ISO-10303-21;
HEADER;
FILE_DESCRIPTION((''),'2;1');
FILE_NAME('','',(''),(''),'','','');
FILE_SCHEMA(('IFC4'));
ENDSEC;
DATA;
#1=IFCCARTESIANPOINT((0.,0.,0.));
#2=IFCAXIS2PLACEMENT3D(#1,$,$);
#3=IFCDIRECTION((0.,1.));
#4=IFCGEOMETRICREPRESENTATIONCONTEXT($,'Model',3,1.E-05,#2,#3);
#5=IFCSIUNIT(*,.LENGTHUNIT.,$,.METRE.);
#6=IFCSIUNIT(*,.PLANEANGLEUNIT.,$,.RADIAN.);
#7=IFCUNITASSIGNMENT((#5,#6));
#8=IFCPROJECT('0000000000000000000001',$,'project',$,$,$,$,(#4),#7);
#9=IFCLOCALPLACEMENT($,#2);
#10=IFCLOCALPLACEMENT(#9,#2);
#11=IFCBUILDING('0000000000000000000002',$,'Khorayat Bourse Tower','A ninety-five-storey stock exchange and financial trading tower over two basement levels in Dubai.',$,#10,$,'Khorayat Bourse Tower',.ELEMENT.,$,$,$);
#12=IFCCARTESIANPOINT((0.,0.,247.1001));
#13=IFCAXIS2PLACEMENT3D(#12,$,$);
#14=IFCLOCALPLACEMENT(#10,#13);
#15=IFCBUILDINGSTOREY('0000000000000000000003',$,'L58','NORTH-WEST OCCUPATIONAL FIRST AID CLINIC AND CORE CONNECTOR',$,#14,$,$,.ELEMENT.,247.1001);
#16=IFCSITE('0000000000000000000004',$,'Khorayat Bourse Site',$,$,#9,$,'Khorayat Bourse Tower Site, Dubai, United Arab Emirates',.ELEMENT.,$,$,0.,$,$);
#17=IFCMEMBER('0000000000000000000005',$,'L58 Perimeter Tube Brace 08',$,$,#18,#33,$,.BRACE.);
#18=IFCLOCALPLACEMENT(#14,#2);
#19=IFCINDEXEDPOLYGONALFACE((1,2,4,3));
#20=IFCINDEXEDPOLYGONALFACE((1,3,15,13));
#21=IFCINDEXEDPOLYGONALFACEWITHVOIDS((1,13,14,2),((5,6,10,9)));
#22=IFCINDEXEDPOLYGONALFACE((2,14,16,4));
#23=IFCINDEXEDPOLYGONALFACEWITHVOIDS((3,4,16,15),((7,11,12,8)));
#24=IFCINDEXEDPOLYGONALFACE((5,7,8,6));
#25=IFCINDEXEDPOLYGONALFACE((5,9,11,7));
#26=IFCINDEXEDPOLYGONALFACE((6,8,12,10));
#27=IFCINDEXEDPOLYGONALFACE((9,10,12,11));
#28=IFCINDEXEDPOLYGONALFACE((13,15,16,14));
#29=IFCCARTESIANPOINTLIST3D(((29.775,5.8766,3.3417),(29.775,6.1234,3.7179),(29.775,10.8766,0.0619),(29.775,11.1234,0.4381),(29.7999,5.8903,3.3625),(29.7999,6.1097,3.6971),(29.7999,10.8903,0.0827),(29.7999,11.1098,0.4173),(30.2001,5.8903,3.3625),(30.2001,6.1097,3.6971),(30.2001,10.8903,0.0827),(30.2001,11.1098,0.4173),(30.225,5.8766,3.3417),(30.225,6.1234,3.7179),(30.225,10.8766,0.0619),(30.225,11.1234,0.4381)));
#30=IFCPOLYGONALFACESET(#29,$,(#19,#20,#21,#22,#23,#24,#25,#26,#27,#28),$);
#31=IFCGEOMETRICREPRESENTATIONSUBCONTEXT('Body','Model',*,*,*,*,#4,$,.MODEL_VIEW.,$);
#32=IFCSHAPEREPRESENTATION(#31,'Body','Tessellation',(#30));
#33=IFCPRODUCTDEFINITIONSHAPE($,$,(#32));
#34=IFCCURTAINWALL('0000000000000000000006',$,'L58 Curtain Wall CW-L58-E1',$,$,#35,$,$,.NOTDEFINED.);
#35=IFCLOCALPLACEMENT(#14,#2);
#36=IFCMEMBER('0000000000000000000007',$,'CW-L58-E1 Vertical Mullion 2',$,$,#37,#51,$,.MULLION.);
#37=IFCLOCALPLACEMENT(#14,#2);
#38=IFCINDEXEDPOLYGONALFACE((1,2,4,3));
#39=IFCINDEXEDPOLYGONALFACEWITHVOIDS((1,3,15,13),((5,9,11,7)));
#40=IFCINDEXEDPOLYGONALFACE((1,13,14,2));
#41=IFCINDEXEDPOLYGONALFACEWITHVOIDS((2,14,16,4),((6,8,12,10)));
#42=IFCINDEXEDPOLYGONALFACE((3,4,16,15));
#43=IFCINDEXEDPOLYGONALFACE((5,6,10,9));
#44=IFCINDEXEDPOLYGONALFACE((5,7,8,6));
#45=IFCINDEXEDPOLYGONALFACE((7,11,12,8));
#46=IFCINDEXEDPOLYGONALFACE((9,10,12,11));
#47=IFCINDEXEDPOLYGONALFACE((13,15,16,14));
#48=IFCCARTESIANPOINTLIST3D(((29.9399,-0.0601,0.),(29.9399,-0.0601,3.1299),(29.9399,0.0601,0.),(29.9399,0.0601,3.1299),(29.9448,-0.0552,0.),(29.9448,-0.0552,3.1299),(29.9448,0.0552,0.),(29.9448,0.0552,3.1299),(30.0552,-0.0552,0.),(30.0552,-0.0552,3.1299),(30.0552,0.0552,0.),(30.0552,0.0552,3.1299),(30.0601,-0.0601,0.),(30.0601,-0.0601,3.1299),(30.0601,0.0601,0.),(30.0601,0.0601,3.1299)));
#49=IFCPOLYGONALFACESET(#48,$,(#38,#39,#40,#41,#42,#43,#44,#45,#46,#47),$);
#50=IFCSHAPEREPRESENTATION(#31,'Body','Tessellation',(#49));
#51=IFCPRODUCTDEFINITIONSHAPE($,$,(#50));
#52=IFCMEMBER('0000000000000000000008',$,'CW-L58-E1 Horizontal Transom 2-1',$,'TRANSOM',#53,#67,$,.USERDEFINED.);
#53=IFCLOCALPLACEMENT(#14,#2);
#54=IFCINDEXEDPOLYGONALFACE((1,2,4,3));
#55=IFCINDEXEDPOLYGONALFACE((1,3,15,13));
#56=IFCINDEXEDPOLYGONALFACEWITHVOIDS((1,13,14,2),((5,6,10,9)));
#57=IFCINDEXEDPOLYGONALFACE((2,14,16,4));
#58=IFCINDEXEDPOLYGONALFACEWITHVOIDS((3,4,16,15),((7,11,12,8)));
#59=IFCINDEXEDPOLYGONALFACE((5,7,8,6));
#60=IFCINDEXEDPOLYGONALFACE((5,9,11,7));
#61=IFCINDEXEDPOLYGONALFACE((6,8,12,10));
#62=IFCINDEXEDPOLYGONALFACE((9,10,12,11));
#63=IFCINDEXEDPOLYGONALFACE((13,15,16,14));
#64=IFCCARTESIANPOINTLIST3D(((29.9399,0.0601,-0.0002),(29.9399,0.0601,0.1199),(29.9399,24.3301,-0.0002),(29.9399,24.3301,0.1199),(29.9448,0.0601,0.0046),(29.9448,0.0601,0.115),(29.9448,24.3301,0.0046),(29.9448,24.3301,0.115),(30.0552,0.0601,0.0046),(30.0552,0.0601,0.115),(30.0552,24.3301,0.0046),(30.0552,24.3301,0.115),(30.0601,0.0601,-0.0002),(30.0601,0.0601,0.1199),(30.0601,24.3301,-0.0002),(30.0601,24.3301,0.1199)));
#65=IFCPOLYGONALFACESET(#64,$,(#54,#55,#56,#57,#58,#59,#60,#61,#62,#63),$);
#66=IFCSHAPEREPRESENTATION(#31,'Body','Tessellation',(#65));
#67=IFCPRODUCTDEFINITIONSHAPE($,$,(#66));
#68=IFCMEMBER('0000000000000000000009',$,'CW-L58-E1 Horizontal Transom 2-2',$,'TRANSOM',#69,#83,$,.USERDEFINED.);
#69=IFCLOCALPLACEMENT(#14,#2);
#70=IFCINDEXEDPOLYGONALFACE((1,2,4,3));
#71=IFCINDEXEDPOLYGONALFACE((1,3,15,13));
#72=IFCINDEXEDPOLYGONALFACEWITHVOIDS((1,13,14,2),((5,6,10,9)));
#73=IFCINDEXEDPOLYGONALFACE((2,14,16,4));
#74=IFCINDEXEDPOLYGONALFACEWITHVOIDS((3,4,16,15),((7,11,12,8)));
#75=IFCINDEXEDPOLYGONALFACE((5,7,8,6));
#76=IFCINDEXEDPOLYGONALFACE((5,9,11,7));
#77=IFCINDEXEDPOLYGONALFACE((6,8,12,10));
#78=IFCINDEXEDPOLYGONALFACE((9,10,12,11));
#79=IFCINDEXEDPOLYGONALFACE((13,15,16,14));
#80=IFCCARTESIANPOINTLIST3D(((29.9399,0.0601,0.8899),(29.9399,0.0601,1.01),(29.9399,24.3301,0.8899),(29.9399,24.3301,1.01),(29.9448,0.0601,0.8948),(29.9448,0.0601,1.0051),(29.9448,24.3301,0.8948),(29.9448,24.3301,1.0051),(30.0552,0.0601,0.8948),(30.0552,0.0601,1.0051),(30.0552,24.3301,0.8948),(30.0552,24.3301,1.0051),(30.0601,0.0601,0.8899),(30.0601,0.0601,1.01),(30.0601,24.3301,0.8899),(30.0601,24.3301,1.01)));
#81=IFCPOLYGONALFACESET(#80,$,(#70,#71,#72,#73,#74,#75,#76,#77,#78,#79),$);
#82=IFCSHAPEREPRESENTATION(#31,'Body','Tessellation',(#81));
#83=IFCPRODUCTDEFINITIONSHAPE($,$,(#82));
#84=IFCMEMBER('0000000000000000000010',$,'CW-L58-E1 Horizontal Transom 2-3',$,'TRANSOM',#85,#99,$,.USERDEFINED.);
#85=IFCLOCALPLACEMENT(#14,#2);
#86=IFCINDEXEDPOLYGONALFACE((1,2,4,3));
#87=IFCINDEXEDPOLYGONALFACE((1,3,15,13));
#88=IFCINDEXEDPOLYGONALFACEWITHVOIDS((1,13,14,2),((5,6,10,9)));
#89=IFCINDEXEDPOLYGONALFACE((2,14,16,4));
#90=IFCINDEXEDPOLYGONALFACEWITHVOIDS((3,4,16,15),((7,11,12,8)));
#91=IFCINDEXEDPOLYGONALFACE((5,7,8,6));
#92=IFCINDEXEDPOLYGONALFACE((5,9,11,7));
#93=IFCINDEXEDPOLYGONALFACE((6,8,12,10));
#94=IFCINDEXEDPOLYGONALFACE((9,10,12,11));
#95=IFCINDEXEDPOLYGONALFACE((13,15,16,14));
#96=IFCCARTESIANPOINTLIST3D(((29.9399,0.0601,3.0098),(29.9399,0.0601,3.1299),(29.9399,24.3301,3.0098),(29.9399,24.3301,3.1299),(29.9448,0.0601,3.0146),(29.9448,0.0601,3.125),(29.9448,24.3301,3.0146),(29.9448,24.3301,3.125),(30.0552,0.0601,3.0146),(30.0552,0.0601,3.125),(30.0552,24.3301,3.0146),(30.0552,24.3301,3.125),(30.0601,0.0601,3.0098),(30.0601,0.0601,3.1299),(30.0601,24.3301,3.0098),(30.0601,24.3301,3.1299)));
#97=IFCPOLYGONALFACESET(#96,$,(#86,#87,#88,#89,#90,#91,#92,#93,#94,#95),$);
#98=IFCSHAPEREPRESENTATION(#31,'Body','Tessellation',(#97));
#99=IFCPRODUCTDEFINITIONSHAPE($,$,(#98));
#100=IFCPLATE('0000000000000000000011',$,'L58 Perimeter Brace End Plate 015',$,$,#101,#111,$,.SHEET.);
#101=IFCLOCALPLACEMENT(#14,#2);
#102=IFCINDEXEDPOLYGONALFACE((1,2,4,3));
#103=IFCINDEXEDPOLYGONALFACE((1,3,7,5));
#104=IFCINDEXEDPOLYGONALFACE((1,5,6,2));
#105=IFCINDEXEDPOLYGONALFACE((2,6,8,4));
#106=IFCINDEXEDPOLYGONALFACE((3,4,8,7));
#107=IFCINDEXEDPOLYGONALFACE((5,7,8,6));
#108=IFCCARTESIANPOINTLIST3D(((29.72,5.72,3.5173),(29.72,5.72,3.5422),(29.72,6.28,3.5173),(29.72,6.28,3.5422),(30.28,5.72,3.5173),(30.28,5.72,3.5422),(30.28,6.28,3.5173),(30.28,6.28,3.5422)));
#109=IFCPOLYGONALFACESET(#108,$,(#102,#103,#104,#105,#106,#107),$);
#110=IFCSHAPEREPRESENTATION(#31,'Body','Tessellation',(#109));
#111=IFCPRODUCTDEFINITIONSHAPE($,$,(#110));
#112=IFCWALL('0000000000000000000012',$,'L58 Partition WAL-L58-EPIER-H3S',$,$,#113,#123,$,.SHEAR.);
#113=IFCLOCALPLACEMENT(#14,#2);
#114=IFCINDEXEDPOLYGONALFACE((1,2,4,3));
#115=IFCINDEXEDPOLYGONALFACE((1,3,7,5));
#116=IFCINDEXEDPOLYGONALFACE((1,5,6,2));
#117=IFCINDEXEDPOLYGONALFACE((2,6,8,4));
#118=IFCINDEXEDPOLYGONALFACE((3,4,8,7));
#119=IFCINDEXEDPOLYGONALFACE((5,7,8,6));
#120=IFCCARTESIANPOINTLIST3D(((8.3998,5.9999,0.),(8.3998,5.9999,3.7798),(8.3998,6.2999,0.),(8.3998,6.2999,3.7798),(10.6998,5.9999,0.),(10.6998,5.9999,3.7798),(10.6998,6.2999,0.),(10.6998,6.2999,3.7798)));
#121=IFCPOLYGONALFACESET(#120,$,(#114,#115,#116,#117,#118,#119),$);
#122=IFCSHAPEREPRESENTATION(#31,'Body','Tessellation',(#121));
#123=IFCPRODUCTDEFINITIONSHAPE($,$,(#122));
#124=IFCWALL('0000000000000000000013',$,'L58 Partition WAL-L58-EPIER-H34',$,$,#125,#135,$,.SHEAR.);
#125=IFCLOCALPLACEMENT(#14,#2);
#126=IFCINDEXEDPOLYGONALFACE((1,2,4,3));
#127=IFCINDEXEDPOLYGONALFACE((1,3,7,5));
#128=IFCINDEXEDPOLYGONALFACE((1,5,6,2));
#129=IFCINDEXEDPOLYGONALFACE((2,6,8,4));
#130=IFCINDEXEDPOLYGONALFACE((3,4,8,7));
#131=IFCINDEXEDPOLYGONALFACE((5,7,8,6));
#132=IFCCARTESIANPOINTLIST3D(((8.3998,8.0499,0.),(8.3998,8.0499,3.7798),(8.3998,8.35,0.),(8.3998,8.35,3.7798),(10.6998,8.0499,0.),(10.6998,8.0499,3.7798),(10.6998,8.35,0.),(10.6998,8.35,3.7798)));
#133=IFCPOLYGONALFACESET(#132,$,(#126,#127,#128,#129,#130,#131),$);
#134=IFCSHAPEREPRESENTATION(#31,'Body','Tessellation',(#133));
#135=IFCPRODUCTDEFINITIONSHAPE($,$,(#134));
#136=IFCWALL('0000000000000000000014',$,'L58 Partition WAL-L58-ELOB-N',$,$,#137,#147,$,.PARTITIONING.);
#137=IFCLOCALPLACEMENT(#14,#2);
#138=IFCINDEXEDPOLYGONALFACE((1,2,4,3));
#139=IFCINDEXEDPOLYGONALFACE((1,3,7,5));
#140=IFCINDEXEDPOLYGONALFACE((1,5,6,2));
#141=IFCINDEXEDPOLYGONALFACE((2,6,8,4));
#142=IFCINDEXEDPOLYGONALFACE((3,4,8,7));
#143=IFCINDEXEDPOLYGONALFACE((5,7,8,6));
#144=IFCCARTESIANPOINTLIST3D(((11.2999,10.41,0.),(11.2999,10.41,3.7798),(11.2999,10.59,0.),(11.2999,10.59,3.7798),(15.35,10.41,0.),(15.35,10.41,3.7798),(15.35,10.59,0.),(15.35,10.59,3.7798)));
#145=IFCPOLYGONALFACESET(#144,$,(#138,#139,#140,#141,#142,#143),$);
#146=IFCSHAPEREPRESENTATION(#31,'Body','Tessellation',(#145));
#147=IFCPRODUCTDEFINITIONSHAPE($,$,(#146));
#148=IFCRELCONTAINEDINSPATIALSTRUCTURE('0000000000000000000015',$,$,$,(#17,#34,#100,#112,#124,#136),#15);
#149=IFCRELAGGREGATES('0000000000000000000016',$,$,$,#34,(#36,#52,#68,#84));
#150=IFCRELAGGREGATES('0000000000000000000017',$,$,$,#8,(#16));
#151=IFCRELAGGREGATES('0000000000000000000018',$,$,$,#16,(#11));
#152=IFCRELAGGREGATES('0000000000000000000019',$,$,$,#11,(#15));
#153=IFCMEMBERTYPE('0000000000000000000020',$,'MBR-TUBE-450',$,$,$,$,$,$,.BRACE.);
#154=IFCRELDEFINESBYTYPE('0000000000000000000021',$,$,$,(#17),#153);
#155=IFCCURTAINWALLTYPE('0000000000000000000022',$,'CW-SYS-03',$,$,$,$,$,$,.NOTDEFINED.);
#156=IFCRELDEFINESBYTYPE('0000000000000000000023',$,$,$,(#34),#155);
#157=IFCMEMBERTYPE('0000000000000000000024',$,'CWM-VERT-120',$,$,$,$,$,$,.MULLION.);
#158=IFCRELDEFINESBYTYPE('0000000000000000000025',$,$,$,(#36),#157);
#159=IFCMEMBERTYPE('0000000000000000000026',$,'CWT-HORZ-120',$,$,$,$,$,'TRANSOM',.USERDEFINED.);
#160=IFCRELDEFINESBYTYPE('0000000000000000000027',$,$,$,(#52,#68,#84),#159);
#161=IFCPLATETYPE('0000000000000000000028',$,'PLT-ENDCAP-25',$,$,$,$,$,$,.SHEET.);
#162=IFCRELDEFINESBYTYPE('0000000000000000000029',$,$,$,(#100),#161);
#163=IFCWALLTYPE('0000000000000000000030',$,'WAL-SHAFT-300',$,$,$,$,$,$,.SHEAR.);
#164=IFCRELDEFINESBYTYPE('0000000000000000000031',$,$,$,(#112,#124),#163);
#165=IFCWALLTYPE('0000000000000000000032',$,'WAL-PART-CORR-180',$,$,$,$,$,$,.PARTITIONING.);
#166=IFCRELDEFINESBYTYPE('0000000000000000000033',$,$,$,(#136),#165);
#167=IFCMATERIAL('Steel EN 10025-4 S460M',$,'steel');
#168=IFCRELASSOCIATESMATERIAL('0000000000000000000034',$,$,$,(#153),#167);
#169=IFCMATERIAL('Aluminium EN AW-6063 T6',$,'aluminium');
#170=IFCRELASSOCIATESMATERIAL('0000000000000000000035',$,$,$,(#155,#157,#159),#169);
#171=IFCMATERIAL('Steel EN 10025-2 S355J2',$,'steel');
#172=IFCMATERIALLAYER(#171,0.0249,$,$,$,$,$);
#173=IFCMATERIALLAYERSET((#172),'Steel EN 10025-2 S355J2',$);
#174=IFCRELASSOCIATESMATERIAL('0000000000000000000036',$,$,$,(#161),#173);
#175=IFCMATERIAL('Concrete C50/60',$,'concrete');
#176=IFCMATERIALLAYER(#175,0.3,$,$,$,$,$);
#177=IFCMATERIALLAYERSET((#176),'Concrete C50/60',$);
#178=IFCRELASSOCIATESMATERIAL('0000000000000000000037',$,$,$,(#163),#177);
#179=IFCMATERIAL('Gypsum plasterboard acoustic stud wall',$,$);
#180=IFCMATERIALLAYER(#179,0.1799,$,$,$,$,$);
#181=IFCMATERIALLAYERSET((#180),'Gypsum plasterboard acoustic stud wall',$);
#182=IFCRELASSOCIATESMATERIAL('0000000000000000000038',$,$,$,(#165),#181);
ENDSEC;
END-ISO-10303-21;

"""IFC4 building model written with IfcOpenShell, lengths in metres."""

from ifc_helpers import new_model, si_unit, direction, frame, frame_2d, origin, origin_2d, place, context, subcontext, project, spatial, rectangle, hollow_rectangle, extrude, source, transform, mapped, material, layer, layer_set, material_profile, profile_set, type_object, element, aggregate, save


model = new_model("IFC4")

# Units and contexts
model_context = context("Model", 3, precision=1e-05, world=origin(), true_north=direction((0.0, 1.0)))
body_context = subcontext(model_context, "Body", "Model", "MODEL_VIEW")
ifc_project = project(units=[si_unit("LENGTHUNIT", "METRE"), si_unit("PLANEANGLEUNIT", "RADIAN")], contexts=[model_context])

# Site, building, storey
site_placement = place(None, origin())
site = spatial("IfcSite", under=ifc_project, at=site_placement, Name="Khorayat Bourse Site", LongName="Khorayat Bourse Tower Site, Dubai, United Arab Emirates", CompositionType="ELEMENT", RefElevation=0.0)
building_placement = place(site_placement, origin())
building = spatial("IfcBuilding", under=site, at=building_placement, Name="Khorayat Bourse Tower", Description="A ninety-five-storey stock exchange and financial trading tower over two basement levels in Dubai.", LongName="Khorayat Bourse Tower", CompositionType="ELEMENT")
storey_placement = place(building_placement, frame((0.0, 0.0, 247.1001)))
storey = spatial("IfcBuildingStorey", under=building, at=storey_placement, Name="L58", Description="NORTH-WEST OCCUPATIONAL FIRST AID CLINIC AND CORE CONNECTOR", CompositionType="ELEMENT", Elevation=247.1001)

# Shared definitions
ifc_material_1 = material(Name="Steel EN 10025-4 S460M", Category="steel")

# Member
ifc_material_profile_1 = material_profile(ifc_material_1, hollow_rectangle(XDim=0.45, YDim=0.45, WallThickness=0.0249, at=origin_2d()), Name="HSS 450x450x25")
ifc_profile_set_1 = profile_set([ifc_material_profile_1], Name="Steel EN 10025-4 S460M")
member_type_1 = type_object("IfcMemberType", Name="MBR-TUBE-450", PredefinedType="BRACE", material=ifc_profile_set_1)
shared_shape_1 = source(origin(), body_context, "Body", "SweptSolid", [
    extrude(hollow_rectangle(XDim=0.45, YDim=0.45, WallThickness=0.0249, at=origin_2d()), origin(), (0.0, 0.0, 1.0), 5.9797),
])
member_1_placement = place(storey_placement, frame((30.0, 6.0, 3.5298), z_axis=(0.0, 0.83616, -0.548485), x_axis=(-1.0, 0.0, 0.0)))
element("IfcMember", 1, at=member_1_placement, inside=storey, type_object=member_type_1, Name="L58 Perimeter Tube Brace 08", PredefinedType="BRACE", context=body_context, shape_type="MappedRepresentation", body=[
    mapped(shared_shape_1, transform((0.0, 0.0, 0.0), scale=1.0)),
])

# Curtain wall, members
ifc_material_2 = material(Name="Aluminium EN AW-6063 T6", Category="aluminium")
curtain_wall_type = type_object("IfcCurtainWallType", Name="CW-SYS-03", PredefinedType="NOTDEFINED", material=ifc_material_2)
curtain_wall_placement = place(storey_placement, origin())
curtain_wall = element("IfcCurtainWall", 2, at=curtain_wall_placement, inside=storey, type_object=curtain_wall_type, Name="L58 Curtain Wall CW-L58-E1", PredefinedType="NOTDEFINED")
ifc_material_profile_2 = material_profile(ifc_material_2, hollow_rectangle(XDim=0.1201, YDim=0.1201, WallThickness=0.0049, at=origin_2d()), Name="ALU 120x120x5")
ifc_profile_set_2 = profile_set([ifc_material_profile_2], Name="Aluminium EN AW-6063 T6")
member_type_2 = type_object("IfcMemberType", Name="CWM-VERT-120", PredefinedType="MULLION", material=ifc_profile_set_2)
shared_shape_2 = source(origin(), body_context, "Body", "SweptSolid", [
    extrude(hollow_rectangle(XDim=0.1201, YDim=0.1201, WallThickness=0.0049, at=origin_2d()), origin(), (0.0, 0.0, 1.0), 3.1299),
])
member_2_placement = place(storey_placement, frame((30.0, 0.0, 0.0), z_axis=(0.0, 0.0, 1.0), x_axis=(-1.0, 0.0, 0.0)))
member_2 = element("IfcMember", 3, at=member_2_placement, type_object=member_type_2, Name="CW-L58-E1 Vertical Mullion 2", PredefinedType="MULLION", context=body_context, shape_type="MappedRepresentation", body=[
    mapped(shared_shape_2, transform((0.0, 0.0, 0.0), scale=1.0)),
])
ifc_material_profile_3 = material_profile(ifc_material_2, hollow_rectangle(XDim=0.1201, YDim=0.1201, WallThickness=0.0049, at=origin_2d()), Name="ALU 120x120x5")
ifc_profile_set_3 = profile_set([ifc_material_profile_3], Name="Aluminium EN AW-6063 T6")
member_type_3 = type_object("IfcMemberType", Name="CWT-HORZ-120", ElementType="TRANSOM", PredefinedType="USERDEFINED", material=ifc_profile_set_3)
shared_shape_3 = source(origin(), body_context, "Body", "SweptSolid", [
    extrude(hollow_rectangle(XDim=0.1201, YDim=0.1201, WallThickness=0.0049, at=origin_2d()), origin(), (0.0, 0.0, 1.0), 24.27),
])
member_3_placement = place(storey_placement, frame((30.0, 0.0601, 0.0598), z_axis=(0.0, 1.0, 0.0), x_axis=(-1.0, 0.0, 0.0)))
member_3 = element("IfcMember", 4, at=member_3_placement, type_object=member_type_3, Name="CW-L58-E1 Horizontal Transom 2-1", ObjectType="TRANSOM", PredefinedType="USERDEFINED", context=body_context, shape_type="MappedRepresentation", body=[
    mapped(shared_shape_3, transform((0.0, 0.0, 0.0), scale=1.0)),
])
member_4_placement = place(storey_placement, frame((30.0, 0.0601, 0.95), z_axis=(0.0, 1.0, 0.0), x_axis=(-1.0, 0.0, 0.0)))
member_4 = element("IfcMember", 5, at=member_4_placement, type_object=member_type_3, Name="CW-L58-E1 Horizontal Transom 2-2", ObjectType="TRANSOM", PredefinedType="USERDEFINED", context=body_context, shape_type="MappedRepresentation", body=[
    mapped(shared_shape_3, transform((0.0, 0.0, 0.0), scale=1.0)),
])
member_5_placement = place(storey_placement, frame((30.0, 0.0601, 3.0698), z_axis=(0.0, 1.0, 0.0), x_axis=(-1.0, 0.0, 0.0)))
member_5 = element("IfcMember", 6, at=member_5_placement, type_object=member_type_3, Name="CW-L58-E1 Horizontal Transom 2-3", ObjectType="TRANSOM", PredefinedType="USERDEFINED", context=body_context, shape_type="MappedRepresentation", body=[
    mapped(shared_shape_3, transform((0.0, 0.0, 0.0), scale=1.0)),
])
aggregate(curtain_wall, [member_2, member_3, member_4, member_5])

# Plate
ifc_material_3 = material(Name="Steel EN 10025-2 S355J2", Category="steel")
ifc_layer_1 = layer(ifc_material_3, 0.0249)
ifc_layer_set_1 = layer_set([ifc_layer_1], Name="Steel EN 10025-2 S355J2")
plate_type = type_object("IfcPlateType", Name="PLT-ENDCAP-25", PredefinedType="SHEET", material=ifc_layer_set_1)
shared_shape_4 = source(origin(), body_context, "Body", "SweptSolid", [
    extrude(rectangle(XDim=0.5601, YDim=0.5601, at=origin_2d()), origin(), (0.0, 0.0, 1.0), 0.0249),
])
plate_placement = place(storey_placement, frame((30.0, 6.0, 3.5173), z_axis=(0.0, 0.0, 1.0), x_axis=(1.0, 0.0, 0.0)))
element("IfcPlate", 7, at=plate_placement, inside=storey, type_object=plate_type, Name="L58 Perimeter Brace End Plate 015", PredefinedType="SHEET", context=body_context, shape_type="MappedRepresentation", body=[
    mapped(shared_shape_4, transform((0.0, 0.0, 0.0), scale=1.0)),
])

# Walls
ifc_material_4 = material(Name="Concrete C50/60", Category="concrete")
ifc_layer_2 = layer(ifc_material_4, 0.3)
ifc_layer_set_2 = layer_set([ifc_layer_2], Name="Concrete C50/60")
wall_type_1 = type_object("IfcWallType", Name="WAL-SHAFT-300", PredefinedType="SHEAR", material=ifc_layer_set_2)
shared_shape_5 = source(origin(), body_context, "Body", "SweptSolid", [
    extrude(rectangle(XDim=2.3, YDim=0.3, at=frame_2d((1.1499, 0.0))), origin(), (0.0, 0.0, 1.0), 3.7798),
])
for number, where, z_axis, x_axis, name in (
    (8, (8.3999, 6.1499, 0.0), (0.0, 0.0, 1.0), (1.0, 0.0, 0.0), "L58 Partition WAL-L58-EPIER-H3S"),
    (9, (8.3999, 8.2, 0.0), (0.0, 0.0, 1.0), (1.0, 0.0, 0.0), "L58 Partition WAL-L58-EPIER-H34"),
):
    element("IfcWall", number, at=place(storey_placement, frame(where, z_axis=z_axis, x_axis=x_axis)), inside=storey, type_object=wall_type_1, Name=name, PredefinedType="SHEAR", context=body_context, shape_type="MappedRepresentation", body=[
        mapped(shared_shape_5, transform((0.0, 0.0, 0.0), scale=1.0)),
    ])
ifc_material_5 = material(Name="Gypsum plasterboard acoustic stud wall")
ifc_layer_3 = layer(ifc_material_5, 0.1799)
ifc_layer_set_3 = layer_set([ifc_layer_3], Name="Gypsum plasterboard acoustic stud wall")
wall_type_2 = type_object("IfcWallType", Name="WAL-PART-CORR-180", PredefinedType="PARTITIONING", material=ifc_layer_set_3)
shared_shape_6 = source(origin(), body_context, "Body", "SweptSolid", [
    extrude(rectangle(XDim=4.05, YDim=0.1799, at=frame_2d((2.0249, 0.0))), origin(), (0.0, 0.0, 1.0), 3.7798),
])
wall_1_placement = place(storey_placement, frame((11.3, 10.5, 0.0), z_axis=(0.0, 0.0, 1.0), x_axis=(1.0, 0.0, 0.0)))
element("IfcWall", 10, at=wall_1_placement, inside=storey, type_object=wall_type_2, Name="L58 Partition WAL-L58-ELOB-N", PredefinedType="PARTITIONING", context=body_context, shape_type="MappedRepresentation", body=[
    mapped(shared_shape_6, transform((0.0, 0.0, 0.0), scale=1.0)),
])

save(model, "model.ifc")
